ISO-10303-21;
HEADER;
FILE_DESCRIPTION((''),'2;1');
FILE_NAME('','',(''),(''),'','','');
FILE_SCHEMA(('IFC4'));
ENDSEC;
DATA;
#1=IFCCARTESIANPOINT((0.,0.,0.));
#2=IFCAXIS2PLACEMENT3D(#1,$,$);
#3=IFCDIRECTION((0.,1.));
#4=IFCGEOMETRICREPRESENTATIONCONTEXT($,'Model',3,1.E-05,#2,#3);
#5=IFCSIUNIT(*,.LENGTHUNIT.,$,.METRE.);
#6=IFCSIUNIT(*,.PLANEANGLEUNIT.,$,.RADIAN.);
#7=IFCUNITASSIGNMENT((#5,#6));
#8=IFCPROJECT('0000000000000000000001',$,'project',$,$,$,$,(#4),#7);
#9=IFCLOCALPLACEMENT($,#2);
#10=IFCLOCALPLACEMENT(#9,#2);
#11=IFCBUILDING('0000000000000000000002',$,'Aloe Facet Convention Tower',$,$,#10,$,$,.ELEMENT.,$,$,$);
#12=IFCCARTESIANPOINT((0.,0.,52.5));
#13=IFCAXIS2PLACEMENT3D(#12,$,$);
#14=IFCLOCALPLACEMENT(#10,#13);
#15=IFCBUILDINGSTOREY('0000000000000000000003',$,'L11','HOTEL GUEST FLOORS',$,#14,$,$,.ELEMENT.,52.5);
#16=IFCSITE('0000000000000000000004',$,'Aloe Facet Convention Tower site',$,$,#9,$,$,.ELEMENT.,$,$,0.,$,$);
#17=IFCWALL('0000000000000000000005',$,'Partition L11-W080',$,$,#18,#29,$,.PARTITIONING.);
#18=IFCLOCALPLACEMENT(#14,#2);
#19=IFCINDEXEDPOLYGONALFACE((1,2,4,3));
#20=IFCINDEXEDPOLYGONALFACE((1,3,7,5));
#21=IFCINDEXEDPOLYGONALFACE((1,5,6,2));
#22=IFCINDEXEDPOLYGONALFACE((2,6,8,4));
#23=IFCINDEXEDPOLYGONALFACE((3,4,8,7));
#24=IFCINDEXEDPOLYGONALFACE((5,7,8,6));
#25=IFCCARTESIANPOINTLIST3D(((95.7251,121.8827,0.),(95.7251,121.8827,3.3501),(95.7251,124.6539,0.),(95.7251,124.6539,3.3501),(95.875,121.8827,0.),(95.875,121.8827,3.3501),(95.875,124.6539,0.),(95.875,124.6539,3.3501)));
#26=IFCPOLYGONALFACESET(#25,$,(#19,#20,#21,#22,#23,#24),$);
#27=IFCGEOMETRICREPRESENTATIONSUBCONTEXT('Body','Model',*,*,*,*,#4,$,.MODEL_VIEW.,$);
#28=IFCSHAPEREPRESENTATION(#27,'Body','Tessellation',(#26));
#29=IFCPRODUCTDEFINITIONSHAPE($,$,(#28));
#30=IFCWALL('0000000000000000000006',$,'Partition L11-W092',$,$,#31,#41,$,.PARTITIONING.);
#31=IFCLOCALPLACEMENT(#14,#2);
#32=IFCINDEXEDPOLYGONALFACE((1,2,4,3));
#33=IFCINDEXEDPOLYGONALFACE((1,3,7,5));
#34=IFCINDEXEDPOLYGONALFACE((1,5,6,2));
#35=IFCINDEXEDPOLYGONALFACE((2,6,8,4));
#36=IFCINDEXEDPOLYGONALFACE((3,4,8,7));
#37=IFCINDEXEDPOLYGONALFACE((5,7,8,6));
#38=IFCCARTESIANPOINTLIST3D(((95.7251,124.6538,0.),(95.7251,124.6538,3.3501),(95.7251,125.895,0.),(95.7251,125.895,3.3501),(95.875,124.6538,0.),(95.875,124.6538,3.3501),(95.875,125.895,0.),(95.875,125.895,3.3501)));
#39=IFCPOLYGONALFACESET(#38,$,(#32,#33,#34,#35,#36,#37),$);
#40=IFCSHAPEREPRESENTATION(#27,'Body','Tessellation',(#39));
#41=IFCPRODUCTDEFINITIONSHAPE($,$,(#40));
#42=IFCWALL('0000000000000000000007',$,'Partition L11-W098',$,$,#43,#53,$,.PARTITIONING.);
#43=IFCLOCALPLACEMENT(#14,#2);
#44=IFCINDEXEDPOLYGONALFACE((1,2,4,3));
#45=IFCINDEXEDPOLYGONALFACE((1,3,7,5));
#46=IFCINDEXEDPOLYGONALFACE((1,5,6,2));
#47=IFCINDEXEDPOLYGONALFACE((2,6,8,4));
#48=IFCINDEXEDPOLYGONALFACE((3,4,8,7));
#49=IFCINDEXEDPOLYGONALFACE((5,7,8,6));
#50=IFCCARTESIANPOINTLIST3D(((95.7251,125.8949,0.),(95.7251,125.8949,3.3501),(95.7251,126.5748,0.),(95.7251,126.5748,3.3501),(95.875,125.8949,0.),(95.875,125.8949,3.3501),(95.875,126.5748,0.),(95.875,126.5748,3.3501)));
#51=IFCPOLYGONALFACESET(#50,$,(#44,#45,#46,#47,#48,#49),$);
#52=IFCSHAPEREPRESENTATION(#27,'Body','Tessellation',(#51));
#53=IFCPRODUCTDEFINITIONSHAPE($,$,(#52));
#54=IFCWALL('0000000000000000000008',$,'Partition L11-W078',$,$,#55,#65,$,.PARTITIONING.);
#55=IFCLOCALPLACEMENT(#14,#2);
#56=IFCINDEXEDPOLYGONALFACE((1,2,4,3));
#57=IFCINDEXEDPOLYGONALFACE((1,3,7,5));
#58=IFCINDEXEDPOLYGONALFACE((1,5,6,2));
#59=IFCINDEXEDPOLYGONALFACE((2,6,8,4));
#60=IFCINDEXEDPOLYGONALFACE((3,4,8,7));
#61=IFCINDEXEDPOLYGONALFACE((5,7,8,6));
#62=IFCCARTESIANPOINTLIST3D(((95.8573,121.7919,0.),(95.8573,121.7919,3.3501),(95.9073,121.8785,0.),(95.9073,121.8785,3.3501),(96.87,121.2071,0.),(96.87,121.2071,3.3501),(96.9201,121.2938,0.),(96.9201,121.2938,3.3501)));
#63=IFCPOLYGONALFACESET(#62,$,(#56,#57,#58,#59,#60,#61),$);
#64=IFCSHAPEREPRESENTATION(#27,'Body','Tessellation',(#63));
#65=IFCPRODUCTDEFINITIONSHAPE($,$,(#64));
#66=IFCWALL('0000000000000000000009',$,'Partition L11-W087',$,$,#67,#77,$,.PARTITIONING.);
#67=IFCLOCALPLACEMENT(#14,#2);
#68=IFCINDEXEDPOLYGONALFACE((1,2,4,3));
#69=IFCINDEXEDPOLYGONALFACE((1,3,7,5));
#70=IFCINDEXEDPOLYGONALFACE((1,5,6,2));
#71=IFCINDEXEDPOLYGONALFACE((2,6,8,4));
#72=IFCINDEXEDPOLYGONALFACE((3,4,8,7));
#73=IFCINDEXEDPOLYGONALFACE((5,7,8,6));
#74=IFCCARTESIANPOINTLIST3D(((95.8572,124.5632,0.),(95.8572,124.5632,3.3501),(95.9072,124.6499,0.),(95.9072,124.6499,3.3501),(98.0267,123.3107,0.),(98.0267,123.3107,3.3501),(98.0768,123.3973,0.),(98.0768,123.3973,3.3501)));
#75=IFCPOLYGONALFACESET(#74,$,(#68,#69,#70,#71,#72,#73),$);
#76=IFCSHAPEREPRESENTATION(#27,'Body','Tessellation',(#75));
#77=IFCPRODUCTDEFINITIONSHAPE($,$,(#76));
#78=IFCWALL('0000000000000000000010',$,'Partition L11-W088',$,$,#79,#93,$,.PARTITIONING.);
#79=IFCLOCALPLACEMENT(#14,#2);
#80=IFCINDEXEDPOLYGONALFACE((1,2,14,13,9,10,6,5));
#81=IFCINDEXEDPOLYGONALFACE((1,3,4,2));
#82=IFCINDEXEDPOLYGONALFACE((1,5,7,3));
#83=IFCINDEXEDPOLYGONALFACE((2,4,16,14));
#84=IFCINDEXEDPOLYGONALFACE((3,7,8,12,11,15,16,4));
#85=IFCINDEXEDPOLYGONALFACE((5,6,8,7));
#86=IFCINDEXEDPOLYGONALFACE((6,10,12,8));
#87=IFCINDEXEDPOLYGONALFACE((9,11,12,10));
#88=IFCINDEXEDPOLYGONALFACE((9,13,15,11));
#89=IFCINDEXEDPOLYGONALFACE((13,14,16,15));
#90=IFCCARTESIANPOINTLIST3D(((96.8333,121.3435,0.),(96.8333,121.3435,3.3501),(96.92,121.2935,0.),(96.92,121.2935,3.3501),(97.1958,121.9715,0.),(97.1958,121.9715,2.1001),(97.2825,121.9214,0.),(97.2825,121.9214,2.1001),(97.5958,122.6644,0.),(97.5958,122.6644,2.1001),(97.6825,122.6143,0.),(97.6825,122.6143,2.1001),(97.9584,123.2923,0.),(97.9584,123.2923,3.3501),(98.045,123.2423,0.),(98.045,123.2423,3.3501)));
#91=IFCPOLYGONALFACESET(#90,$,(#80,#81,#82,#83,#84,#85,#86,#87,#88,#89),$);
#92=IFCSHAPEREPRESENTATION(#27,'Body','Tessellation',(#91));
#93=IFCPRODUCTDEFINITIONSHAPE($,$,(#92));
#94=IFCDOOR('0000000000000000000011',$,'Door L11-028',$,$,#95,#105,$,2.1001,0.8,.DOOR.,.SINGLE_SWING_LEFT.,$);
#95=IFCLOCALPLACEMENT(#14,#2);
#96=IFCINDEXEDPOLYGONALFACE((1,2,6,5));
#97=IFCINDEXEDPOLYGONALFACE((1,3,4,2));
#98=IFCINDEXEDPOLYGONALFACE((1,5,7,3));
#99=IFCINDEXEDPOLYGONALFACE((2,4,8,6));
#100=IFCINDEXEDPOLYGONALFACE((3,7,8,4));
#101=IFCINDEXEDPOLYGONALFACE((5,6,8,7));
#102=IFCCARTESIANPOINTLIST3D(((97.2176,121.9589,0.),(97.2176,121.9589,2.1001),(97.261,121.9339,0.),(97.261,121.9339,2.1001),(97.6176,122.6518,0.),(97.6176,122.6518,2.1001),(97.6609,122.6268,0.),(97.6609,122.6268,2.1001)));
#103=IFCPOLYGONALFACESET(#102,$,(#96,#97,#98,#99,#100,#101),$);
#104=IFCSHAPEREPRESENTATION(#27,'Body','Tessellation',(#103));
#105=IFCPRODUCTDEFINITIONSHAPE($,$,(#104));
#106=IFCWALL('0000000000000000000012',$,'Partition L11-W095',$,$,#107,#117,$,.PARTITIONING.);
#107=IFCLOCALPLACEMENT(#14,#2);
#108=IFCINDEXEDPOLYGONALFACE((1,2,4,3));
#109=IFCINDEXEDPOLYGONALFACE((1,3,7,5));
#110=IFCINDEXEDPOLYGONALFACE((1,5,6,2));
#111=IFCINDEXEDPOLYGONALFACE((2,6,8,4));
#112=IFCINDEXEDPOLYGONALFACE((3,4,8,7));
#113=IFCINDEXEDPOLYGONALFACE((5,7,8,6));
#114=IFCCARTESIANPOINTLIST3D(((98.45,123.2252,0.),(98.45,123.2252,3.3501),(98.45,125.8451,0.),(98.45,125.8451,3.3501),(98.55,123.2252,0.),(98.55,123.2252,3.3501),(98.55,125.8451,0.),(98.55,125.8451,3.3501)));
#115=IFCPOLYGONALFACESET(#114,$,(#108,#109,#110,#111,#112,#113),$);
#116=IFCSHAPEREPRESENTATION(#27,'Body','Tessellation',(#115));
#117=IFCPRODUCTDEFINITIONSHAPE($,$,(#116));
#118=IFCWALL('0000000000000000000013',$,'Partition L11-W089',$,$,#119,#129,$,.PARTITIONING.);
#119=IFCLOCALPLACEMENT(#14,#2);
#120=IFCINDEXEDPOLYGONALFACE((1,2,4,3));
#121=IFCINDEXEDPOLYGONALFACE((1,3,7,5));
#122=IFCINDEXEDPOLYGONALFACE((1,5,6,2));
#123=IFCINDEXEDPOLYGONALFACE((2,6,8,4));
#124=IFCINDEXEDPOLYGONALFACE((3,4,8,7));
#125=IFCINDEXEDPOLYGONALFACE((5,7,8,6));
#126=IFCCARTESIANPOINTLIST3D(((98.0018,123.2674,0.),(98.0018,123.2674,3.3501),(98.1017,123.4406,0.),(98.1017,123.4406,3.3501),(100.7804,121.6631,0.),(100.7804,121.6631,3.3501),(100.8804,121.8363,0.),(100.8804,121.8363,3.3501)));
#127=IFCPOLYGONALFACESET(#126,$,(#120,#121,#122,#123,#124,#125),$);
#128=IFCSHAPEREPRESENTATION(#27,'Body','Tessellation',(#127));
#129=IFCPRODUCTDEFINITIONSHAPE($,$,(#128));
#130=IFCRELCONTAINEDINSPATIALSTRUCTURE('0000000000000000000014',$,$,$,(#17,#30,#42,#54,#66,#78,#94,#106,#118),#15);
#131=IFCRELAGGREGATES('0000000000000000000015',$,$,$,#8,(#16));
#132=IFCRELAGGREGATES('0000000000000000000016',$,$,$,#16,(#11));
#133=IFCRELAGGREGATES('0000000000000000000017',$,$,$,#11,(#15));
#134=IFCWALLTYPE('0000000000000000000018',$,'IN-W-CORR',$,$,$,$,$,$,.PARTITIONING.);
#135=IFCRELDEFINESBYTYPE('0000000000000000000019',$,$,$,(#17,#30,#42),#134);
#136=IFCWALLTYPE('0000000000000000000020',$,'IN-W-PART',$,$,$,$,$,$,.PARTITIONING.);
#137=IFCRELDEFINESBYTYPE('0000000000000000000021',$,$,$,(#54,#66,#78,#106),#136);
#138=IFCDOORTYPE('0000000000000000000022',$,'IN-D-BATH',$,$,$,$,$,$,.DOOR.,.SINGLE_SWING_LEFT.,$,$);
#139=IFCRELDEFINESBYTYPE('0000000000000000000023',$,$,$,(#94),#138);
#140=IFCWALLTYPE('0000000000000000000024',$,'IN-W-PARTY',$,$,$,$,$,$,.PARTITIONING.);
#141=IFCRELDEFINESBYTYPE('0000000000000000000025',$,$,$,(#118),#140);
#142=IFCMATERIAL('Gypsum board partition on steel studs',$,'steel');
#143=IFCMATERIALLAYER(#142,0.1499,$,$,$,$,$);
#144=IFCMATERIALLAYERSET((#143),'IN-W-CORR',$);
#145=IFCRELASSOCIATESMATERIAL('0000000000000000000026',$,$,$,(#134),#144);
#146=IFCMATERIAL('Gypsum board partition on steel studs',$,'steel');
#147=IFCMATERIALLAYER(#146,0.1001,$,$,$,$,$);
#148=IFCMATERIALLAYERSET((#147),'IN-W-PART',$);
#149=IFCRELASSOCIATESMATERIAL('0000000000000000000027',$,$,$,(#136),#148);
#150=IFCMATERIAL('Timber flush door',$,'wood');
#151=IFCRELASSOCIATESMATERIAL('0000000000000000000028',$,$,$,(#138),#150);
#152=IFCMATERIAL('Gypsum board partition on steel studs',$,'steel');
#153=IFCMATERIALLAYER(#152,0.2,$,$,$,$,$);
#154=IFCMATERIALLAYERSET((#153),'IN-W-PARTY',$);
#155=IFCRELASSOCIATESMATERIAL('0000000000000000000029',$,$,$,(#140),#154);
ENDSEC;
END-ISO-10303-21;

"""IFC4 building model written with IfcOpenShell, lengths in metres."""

from ifc_helpers import new_model, si_unit, direction, frame, frame_2d, origin, place, context, subcontext, project, spatial, rectangle, extrude, material, layer, layer_set, type_object, element, fill, save


model = new_model("IFC4")

# Units and contexts
model_context = context("Model", 3, precision=1e-05, world=origin(), true_north=direction((0.0, 1.0)))
body_context = subcontext(model_context, "Body", "Model", "MODEL_VIEW")
ifc_project = project(units=[si_unit("LENGTHUNIT", "METRE"), si_unit("PLANEANGLEUNIT", "RADIAN")], contexts=[model_context])

# Site, building, storey
site_placement = place(None, origin())
site = spatial("IfcSite", under=ifc_project, at=site_placement, Name="Aloe Facet Convention Tower site", CompositionType="ELEMENT", RefElevation=0.0)
building_placement = place(site_placement, origin())
building = spatial("IfcBuilding", under=site, at=building_placement, Name="Aloe Facet Convention Tower", CompositionType="ELEMENT")
storey_placement = place(building_placement, frame((0.0, 0.0, 52.5)))
storey = spatial("IfcBuildingStorey", under=building, at=storey_placement, Name="L11", Description="HOTEL GUEST FLOORS", CompositionType="ELEMENT", Elevation=52.5)

# Walls
ifc_material_1 = material(Name="Gypsum board partition on steel studs", Category="steel")
ifc_layer_1 = layer(ifc_material_1, 0.1499)
ifc_layer_set_1 = layer_set([ifc_layer_1], Name="IN-W-CORR")
wall_type_1 = type_object("IfcWallType", Name="IN-W-CORR", PredefinedType="PARTITIONING", material=ifc_layer_set_1)
wall_1_placement = place(storey_placement, frame((95.8, 121.8826, 0.0), z_axis=(0.0, 0.0, 1.0), x_axis=(0.0, 1.0, 0.0)))
element("IfcWall", 1, at=wall_1_placement, inside=storey, type_object=wall_type_1, Name="Partition L11-W080", PredefinedType="PARTITIONING", context=body_context, shape_type="SweptSolid", body=[
    extrude(rectangle(XDim=2.7712, YDim=0.1499, at=frame_2d((1.3857, 0.0))), origin(), (0.0, 0.0, 1.0), 3.3501),
])
wall_2_placement = place(storey_placement, frame((95.8, 124.6538, 0.0), z_axis=(0.0, 0.0, 1.0), x_axis=(0.0, 1.0, 0.0)))
element("IfcWall", 2, at=wall_2_placement, inside=storey, type_object=wall_type_1, Name="Partition L11-W092", PredefinedType="PARTITIONING", context=body_context, shape_type="SweptSolid", body=[
    extrude(rectangle(XDim=1.2412, YDim=0.1499, at=frame_2d((0.6206, 0.0))), origin(), (0.0, 0.0, 1.0), 3.3501),
])
wall_3_placement = place(storey_placement, frame((95.8, 125.895, 0.0), z_axis=(0.0, 0.0, 1.0), x_axis=(0.0, 1.0, 0.0)))
element("IfcWall", 3, at=wall_3_placement, inside=storey, type_object=wall_type_1, Name="Partition L11-W098", PredefinedType="PARTITIONING", context=body_context, shape_type="SweptSolid", body=[
    extrude(rectangle(XDim=0.6799, YDim=0.1499, at=frame_2d((0.3398, 0.0))), origin(), (0.0, 0.0, 1.0), 3.3501),
])
ifc_material_2 = material(Name="Gypsum board partition on steel studs", Category="steel")
ifc_layer_2 = layer(ifc_material_2, 0.1001)
ifc_layer_set_2 = layer_set([ifc_layer_2], Name="IN-W-PART")
wall_type_2 = type_object("IfcWallType", Name="IN-W-PART", PredefinedType="PARTITIONING", material=ifc_layer_set_2)
wall_4_placement = place(storey_placement, frame((95.8823, 121.8352, 0.0), z_axis=(0.0, 0.0, 1.0), x_axis=(0.866012, -0.500024, 0.0)))
element("IfcWall", 4, at=wall_4_placement, inside=storey, type_object=wall_type_2, Name="Partition L11-W078", PredefinedType="PARTITIONING", context=body_context, shape_type="SweptSolid", body=[
    extrude(rectangle(XDim=1.1694, YDim=0.1001, at=frame_2d((0.5847, 0.0))), origin(), (0.0, 0.0, 1.0), 3.3501),
])
wall_5_placement = place(storey_placement, frame((95.8823, 124.6064, 0.0), z_axis=(0.0, 0.0, 1.0), x_axis=(0.86604, -0.499976, 0.0)))
element("IfcWall", 5, at=wall_5_placement, inside=storey, type_object=wall_type_2, Name="Partition L11-W087", PredefinedType="PARTITIONING", context=body_context, shape_type="SweptSolid", body=[
    extrude(rectangle(XDim=2.5051, YDim=0.1001, at=frame_2d((1.2524, 0.0))), origin(), (0.0, 0.0, 1.0), 3.3501),
])

# Wall, opening, door
wall_6_placement = place(storey_placement, frame((96.8767, 121.3186, 0.0), z_axis=(0.0, 0.0, 1.0), x_axis=(0.499967, 0.866045, 0.0)))
wall_6 = element("IfcWall", 6, at=wall_6_placement, inside=storey, type_object=wall_type_2, Name="Partition L11-W088", PredefinedType="PARTITIONING", context=body_context, shape_type="SweptSolid", body=[
    extrude(rectangle(XDim=2.2502, YDim=0.1001, at=frame_2d((1.125, 0.0))), origin(), (0.0, 0.0, 1.0), 3.3501),
])
opening_placement = place(wall_6_placement, frame((0.7251, 0.0, 0.0)))
opening = element("IfcOpeningElement", 7, at=opening_placement, cuts=wall_6, PredefinedType="OPENING", context=body_context, shape_type="SweptSolid", body=[
    extrude(rectangle(XDim=0.8, YDim=2.1001, at=frame_2d((0.3999, 1.05))), frame((0.0, 0.0601, 0.0), z_axis=(0.0, -1.0, 0.0), x_axis=(1.0, 0.0, 0.0)), (0.0, 0.0, 1.0), 0.1201),
])
ifc_material_3 = material(Name="Timber flush door", Category="wood")
door_type = type_object("IfcDoorType", Name="IN-D-BATH", OperationType="SINGLE_SWING_LEFT", PredefinedType="DOOR", material=ifc_material_3)
door_placement = place(opening_placement, origin())
door = element("IfcDoor", 8, at=door_placement, inside=storey, type_object=door_type, Name="Door L11-028", OperationType="SINGLE_SWING_LEFT", OverallHeight=2.1001, OverallWidth=0.8, PredefinedType="DOOR", context=body_context, shape_type="SweptSolid", body=[
    extrude(rectangle(XDim=0.8, YDim=2.1001, at=frame_2d((0.3999, 1.05))), frame((0.0, 0.0249, 0.0), z_axis=(0.0, -1.0, 0.0), x_axis=(1.0, 0.0, 0.0)), (0.0, 0.0, 1.0), 0.05),
])
fill(opening, door)

# Walls
wall_7_placement = place(storey_placement, frame((98.5, 123.2251, 0.0), z_axis=(0.0, 0.0, 1.0), x_axis=(0.0, 1.0, 0.0)))
element("IfcWall", 9, at=wall_7_placement, inside=storey, type_object=wall_type_2, Name="Partition L11-W095", PredefinedType="PARTITIONING", context=body_context, shape_type="SweptSolid", body=[
    extrude(rectangle(XDim=2.6199, YDim=0.1001, at=frame_2d((1.3101, 0.0))), origin(), (0.0, 0.0, 1.0), 3.3501),
])
ifc_material_4 = material(Name="Gypsum board partition on steel studs", Category="steel")
ifc_layer_3 = layer(ifc_material_4, 0.2)
ifc_layer_set_3 = layer_set([ifc_layer_3], Name="IN-W-PARTY")
wall_type_3 = type_object("IfcWallType", Name="IN-W-PARTY", PredefinedType="PARTITIONING", material=ifc_layer_set_3)
wall_8_placement = place(storey_placement, frame((98.0518, 123.354, 0.0), z_axis=(0.0, 0.0, 1.0), x_axis=(0.86602, -0.50001, 0.0)))
element("IfcWall", 10, at=wall_8_placement, inside=storey, type_object=wall_type_3, Name="Partition L11-W089", PredefinedType="PARTITIONING", context=body_context, shape_type="SweptSolid", body=[
    extrude(rectangle(XDim=3.2085, YDim=0.2, at=frame_2d((1.6042, 0.0))), origin(), (0.0, 0.0, 1.0), 3.3501),
])

save(model, "model.ifc")
